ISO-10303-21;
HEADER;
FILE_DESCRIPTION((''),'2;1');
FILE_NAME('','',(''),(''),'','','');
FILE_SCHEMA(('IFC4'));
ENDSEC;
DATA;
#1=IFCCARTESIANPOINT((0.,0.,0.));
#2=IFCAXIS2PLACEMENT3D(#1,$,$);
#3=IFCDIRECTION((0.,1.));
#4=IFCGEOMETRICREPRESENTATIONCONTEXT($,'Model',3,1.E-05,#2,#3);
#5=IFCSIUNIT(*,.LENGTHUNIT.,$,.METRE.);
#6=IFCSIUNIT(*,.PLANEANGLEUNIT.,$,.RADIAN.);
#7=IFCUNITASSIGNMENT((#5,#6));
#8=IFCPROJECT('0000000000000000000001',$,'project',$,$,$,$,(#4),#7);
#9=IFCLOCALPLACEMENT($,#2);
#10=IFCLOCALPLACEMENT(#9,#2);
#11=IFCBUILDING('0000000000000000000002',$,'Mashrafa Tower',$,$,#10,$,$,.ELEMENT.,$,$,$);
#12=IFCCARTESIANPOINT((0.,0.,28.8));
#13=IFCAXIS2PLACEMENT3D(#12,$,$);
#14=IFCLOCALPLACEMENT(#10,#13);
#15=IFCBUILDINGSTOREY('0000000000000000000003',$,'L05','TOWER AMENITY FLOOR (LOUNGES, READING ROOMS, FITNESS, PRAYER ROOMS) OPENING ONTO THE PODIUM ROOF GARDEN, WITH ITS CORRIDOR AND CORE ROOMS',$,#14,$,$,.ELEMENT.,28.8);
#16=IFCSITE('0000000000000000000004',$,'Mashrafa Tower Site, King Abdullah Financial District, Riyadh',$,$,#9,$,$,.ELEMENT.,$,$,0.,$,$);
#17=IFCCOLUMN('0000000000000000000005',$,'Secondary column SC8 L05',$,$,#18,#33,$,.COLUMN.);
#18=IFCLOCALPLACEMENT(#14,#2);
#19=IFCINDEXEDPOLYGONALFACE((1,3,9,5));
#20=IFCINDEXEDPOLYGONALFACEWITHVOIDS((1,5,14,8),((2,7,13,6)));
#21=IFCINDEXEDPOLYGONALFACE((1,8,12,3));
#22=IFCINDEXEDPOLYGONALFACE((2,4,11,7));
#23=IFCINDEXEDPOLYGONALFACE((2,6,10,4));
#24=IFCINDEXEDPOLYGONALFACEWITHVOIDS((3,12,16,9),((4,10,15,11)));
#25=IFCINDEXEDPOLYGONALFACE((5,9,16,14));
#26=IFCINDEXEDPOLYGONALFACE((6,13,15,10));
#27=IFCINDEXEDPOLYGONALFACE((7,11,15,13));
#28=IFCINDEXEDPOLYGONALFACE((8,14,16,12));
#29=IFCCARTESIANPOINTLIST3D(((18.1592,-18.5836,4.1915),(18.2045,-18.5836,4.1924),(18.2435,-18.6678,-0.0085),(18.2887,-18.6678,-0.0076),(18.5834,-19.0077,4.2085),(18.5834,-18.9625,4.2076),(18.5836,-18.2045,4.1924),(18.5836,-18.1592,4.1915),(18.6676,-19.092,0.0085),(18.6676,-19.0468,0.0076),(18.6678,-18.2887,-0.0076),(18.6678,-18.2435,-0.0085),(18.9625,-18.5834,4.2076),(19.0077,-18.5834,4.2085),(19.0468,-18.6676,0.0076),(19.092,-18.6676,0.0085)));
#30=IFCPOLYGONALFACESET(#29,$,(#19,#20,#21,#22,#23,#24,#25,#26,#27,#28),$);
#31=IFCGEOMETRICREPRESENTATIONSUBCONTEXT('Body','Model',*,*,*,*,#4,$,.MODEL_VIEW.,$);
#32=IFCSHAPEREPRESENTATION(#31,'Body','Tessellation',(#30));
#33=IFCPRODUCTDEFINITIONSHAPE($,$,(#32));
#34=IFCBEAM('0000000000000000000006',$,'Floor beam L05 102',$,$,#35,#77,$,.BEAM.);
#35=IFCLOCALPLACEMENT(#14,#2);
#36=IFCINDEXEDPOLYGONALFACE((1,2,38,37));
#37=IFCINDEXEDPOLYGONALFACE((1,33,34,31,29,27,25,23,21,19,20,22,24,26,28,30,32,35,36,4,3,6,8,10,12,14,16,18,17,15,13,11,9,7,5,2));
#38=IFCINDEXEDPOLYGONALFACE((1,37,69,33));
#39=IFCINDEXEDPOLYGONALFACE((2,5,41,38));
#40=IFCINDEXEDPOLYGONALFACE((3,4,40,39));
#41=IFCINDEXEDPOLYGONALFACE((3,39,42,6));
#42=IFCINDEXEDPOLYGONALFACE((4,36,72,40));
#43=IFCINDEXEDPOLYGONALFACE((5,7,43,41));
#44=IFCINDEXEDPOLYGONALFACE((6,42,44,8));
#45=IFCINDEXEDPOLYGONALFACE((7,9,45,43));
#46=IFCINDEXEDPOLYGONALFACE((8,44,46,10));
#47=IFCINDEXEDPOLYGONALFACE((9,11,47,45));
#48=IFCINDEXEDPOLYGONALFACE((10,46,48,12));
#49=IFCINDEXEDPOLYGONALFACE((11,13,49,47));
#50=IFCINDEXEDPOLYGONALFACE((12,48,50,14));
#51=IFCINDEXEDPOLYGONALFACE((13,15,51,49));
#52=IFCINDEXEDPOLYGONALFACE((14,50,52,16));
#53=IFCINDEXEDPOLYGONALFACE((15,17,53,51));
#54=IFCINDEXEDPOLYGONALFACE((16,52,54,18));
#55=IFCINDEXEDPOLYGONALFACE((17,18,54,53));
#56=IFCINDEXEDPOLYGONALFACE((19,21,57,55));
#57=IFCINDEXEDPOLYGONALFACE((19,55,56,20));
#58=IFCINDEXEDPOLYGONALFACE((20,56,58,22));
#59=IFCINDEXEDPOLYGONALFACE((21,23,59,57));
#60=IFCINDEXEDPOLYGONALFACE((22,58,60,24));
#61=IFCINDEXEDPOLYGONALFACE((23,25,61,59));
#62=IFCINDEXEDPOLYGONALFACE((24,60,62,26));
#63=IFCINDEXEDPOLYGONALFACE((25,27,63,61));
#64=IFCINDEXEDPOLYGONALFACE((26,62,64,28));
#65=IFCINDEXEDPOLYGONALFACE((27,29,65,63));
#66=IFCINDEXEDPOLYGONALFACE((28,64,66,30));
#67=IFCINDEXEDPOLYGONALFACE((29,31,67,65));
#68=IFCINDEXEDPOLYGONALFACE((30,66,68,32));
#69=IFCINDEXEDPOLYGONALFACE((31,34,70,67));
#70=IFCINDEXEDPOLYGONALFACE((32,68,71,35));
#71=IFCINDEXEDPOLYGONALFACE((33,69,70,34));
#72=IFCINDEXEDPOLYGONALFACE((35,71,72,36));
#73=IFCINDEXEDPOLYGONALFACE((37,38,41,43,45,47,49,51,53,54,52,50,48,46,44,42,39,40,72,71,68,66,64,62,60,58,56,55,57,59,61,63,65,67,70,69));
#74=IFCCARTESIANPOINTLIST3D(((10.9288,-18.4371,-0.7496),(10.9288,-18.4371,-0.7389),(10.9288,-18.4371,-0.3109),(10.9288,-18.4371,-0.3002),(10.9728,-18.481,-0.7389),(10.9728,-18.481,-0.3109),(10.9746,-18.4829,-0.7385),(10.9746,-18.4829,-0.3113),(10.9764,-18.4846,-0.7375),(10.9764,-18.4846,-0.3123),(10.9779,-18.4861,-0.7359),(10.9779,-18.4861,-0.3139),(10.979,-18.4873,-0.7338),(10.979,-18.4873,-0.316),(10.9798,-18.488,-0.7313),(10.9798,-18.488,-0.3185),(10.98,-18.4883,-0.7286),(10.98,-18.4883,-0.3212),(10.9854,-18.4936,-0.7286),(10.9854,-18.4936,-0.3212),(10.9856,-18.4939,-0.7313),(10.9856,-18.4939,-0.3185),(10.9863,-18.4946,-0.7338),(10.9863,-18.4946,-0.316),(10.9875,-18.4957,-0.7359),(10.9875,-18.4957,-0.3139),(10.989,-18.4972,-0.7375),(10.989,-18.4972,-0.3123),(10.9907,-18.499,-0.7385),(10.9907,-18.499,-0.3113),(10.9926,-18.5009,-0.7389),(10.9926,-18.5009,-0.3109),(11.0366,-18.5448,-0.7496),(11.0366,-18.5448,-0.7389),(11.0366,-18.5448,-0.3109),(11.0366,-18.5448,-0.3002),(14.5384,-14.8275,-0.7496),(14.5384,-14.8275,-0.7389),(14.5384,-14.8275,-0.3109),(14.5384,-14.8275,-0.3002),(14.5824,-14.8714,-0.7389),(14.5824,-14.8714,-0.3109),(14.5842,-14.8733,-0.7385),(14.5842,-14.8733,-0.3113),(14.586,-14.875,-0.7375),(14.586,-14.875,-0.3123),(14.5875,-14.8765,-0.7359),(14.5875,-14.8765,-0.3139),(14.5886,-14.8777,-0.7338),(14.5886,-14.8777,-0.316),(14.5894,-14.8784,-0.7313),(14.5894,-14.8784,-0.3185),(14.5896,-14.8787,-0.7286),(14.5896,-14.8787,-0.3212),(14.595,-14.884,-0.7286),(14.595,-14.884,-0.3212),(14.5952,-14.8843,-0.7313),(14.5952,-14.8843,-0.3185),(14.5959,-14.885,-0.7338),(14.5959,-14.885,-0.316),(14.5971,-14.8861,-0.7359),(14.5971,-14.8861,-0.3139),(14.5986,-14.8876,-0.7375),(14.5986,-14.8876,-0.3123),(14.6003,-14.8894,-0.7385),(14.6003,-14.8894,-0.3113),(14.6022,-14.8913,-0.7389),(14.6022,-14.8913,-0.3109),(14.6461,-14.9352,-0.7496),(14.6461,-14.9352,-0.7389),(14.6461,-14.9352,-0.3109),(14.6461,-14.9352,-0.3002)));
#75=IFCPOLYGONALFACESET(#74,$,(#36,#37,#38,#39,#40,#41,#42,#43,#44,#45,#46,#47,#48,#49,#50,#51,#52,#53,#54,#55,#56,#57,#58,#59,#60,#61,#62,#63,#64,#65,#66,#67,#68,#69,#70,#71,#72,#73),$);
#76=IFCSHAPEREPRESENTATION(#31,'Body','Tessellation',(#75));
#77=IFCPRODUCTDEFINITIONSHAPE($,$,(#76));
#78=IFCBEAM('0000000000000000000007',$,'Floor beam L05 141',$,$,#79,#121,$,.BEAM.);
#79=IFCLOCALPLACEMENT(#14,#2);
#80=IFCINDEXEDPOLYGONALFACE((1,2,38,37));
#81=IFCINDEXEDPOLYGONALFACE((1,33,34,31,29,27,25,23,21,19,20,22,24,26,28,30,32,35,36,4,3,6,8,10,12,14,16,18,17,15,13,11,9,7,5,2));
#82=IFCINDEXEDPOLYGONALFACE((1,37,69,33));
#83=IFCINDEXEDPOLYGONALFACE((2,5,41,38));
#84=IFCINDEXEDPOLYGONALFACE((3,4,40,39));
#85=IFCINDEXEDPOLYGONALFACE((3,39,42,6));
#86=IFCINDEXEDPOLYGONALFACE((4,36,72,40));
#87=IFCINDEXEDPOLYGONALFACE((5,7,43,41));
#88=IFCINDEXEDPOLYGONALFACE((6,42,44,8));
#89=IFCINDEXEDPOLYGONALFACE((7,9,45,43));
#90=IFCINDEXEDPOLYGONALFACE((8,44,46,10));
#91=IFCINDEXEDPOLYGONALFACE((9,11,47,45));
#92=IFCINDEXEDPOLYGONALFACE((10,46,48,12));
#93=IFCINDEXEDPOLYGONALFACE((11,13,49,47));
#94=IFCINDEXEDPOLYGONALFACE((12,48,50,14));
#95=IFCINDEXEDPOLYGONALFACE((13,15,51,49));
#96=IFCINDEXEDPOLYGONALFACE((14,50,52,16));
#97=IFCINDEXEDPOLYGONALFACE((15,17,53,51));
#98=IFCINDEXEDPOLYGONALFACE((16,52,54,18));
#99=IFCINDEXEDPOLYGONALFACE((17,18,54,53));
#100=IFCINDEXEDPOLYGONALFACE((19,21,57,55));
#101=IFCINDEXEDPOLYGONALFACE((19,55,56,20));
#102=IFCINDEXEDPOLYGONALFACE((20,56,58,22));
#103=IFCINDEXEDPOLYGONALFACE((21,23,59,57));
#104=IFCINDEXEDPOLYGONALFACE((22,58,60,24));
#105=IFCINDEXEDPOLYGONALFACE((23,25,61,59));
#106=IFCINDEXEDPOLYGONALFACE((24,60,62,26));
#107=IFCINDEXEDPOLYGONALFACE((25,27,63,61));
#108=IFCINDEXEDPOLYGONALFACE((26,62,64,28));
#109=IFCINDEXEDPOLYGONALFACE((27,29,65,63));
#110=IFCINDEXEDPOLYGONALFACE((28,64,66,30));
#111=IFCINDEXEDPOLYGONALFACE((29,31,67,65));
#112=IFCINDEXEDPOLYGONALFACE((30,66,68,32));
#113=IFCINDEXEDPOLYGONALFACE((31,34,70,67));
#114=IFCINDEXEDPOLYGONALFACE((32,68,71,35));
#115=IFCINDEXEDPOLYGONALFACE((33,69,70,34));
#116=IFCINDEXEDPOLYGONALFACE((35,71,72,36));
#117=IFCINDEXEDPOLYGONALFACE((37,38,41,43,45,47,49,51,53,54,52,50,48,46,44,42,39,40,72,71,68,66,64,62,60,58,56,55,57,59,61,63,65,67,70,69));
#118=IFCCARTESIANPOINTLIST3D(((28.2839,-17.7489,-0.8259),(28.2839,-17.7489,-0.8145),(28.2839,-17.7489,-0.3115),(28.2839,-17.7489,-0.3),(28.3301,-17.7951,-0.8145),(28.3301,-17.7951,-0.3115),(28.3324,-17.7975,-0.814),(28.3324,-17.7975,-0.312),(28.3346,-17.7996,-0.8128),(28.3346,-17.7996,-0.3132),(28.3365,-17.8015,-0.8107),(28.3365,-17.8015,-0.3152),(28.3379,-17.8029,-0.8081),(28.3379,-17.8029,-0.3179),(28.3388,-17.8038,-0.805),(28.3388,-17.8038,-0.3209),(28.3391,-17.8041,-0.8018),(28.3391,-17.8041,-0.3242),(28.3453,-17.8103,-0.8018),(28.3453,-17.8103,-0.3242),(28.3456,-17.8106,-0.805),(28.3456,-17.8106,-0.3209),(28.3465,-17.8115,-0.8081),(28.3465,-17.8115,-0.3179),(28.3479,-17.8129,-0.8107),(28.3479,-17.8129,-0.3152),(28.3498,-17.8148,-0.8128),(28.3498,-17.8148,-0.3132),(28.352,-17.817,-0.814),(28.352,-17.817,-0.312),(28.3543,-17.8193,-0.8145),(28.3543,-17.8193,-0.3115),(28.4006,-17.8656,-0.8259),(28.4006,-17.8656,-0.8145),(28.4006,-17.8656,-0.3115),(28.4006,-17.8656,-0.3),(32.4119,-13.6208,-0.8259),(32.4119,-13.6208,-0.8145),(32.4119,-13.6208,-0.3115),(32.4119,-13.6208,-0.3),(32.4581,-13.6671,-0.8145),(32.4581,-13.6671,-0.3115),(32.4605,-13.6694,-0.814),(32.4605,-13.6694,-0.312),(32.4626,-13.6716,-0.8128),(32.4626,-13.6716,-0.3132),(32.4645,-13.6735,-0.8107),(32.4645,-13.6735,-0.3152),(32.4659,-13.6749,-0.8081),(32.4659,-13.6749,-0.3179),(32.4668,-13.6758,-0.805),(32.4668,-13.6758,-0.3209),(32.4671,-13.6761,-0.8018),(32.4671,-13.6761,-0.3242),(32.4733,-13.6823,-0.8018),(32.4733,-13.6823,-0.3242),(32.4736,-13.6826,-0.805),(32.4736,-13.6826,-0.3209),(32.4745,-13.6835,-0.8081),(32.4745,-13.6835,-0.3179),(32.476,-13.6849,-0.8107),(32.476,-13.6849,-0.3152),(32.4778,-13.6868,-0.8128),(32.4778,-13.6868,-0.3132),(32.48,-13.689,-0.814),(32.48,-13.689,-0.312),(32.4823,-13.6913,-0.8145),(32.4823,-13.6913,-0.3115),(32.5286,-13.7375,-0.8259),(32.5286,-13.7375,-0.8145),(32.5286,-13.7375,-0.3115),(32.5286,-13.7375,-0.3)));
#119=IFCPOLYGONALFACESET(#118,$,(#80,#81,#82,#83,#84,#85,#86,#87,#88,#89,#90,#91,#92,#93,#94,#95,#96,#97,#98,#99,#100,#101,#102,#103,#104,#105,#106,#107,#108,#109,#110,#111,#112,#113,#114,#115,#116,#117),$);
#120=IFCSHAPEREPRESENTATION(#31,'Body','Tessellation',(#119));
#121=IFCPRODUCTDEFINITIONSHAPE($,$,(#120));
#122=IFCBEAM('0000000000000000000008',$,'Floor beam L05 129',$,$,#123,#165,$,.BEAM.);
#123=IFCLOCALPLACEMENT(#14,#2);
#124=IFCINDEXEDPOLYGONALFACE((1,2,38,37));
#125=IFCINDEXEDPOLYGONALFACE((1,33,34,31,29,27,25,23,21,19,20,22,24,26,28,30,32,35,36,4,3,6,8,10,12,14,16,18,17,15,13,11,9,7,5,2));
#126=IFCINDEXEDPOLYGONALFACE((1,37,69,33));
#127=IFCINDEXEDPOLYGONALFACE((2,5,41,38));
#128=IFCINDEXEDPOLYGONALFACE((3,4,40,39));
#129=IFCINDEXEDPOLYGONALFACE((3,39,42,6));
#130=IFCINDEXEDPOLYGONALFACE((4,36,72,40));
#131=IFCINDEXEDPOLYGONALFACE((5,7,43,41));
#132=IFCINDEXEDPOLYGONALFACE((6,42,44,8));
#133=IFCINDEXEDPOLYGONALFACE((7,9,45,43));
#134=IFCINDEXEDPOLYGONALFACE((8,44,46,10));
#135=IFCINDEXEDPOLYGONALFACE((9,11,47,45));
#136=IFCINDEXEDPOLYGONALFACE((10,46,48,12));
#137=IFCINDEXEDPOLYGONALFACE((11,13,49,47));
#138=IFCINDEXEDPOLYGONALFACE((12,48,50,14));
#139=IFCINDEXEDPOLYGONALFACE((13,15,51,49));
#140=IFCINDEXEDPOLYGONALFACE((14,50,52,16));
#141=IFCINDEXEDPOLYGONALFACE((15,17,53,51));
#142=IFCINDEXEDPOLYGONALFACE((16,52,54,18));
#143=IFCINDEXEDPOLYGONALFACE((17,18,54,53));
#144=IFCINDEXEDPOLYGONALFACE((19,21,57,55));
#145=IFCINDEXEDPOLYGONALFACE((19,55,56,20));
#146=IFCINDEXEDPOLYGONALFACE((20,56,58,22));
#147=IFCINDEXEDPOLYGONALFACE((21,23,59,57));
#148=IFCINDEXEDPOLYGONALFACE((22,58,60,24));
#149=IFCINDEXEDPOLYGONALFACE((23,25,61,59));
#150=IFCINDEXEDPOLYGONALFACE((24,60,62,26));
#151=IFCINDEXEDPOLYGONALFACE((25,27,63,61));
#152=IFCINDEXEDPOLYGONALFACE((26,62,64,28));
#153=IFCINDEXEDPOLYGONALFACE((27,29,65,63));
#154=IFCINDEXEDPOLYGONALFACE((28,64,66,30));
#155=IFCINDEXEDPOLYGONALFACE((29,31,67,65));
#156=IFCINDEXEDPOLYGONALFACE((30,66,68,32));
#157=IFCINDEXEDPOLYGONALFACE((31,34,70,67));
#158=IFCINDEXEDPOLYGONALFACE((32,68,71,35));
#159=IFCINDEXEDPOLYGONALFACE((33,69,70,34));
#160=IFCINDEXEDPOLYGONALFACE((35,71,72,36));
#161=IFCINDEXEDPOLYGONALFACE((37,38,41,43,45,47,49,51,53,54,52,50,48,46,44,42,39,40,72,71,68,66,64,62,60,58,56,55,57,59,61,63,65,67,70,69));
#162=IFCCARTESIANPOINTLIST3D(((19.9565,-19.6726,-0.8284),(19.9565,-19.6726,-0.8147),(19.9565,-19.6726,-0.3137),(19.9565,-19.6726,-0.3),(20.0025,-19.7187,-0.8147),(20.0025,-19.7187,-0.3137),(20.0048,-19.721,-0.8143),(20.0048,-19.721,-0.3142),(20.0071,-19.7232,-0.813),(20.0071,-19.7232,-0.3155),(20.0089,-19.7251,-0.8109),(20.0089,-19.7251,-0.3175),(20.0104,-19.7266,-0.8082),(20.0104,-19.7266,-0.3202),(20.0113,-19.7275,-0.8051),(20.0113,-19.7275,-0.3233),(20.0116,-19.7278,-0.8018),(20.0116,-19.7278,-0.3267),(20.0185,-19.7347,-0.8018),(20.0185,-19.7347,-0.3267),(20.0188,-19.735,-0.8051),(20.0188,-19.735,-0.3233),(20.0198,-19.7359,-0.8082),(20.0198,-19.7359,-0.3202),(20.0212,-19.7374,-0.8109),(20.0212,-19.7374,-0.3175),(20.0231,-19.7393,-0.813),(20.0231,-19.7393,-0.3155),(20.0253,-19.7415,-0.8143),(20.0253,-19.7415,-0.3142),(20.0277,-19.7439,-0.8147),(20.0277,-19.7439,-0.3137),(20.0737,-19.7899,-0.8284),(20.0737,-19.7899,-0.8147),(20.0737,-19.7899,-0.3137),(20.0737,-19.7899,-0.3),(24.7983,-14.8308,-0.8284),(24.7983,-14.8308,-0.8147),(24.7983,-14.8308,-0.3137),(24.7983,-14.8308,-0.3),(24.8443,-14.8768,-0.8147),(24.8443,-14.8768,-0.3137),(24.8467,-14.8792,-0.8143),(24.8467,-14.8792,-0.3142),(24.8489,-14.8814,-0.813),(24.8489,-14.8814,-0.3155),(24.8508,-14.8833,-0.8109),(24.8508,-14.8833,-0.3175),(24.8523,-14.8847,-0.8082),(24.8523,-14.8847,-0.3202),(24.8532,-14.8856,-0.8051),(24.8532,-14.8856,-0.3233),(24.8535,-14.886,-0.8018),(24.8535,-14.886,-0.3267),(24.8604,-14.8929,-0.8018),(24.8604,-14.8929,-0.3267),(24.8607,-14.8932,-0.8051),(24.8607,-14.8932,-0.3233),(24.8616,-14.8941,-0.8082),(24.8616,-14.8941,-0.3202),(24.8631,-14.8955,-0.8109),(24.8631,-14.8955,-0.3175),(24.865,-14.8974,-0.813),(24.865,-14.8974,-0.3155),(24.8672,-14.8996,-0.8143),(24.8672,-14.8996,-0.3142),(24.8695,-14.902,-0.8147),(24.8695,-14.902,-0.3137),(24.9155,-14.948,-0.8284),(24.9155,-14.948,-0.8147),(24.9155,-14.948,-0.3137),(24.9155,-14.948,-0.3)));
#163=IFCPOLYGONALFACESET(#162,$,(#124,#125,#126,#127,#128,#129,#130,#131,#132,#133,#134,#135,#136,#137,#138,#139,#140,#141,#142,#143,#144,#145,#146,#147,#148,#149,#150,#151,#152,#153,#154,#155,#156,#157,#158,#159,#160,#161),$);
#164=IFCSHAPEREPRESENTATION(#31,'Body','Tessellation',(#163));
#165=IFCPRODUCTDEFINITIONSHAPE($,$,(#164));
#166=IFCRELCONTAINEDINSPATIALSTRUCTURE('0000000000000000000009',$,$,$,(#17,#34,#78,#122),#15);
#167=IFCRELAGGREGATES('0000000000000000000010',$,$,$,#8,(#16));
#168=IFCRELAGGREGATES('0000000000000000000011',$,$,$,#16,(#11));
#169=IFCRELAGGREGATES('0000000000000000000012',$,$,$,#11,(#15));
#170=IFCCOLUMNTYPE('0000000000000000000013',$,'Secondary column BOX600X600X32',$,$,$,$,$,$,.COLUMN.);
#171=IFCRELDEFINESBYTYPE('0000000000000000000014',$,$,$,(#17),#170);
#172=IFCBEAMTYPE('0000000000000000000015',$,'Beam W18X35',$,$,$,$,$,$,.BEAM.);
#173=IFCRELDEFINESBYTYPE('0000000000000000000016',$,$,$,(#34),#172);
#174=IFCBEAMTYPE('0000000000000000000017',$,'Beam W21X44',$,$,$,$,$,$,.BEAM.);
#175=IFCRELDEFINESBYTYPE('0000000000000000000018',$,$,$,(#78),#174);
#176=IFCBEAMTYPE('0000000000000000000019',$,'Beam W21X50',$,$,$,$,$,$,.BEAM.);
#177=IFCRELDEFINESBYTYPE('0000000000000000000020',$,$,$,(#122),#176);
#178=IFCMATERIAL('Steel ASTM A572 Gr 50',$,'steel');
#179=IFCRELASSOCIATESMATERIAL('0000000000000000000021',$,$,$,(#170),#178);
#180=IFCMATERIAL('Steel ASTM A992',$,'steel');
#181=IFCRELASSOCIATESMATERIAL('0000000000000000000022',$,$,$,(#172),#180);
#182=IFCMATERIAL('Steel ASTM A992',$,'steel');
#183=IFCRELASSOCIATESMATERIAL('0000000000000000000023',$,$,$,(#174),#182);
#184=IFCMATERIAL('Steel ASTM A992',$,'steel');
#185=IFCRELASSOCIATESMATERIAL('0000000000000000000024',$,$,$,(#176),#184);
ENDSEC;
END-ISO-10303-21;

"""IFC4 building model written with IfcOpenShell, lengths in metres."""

from ifc_helpers import new_model, si_unit, direction, frame, origin, origin_2d, place, context, subcontext, project, spatial, hollow_rectangle, i_section, extrude, material, material_profile, profile_set, type_object, element, save


model = new_model("IFC4")

# Units and contexts
model_context = context("Model", 3, precision=1e-05, world=origin(), true_north=direction((0.0, 1.0)))
body_context = subcontext(model_context, "Body", "Model", "MODEL_VIEW")
ifc_project = project(units=[si_unit("LENGTHUNIT", "METRE"), si_unit("PLANEANGLEUNIT", "RADIAN")], contexts=[model_context])

# Site, building, storey
site_placement = place(None, origin())
site = spatial("IfcSite", under=ifc_project, at=site_placement, Name="Mashrafa Tower Site, King Abdullah Financial District, Riyadh", CompositionType="ELEMENT", RefElevation=0.0)
building_placement = place(site_placement, origin())
building = spatial("IfcBuilding", under=site, at=building_placement, Name="Mashrafa Tower", CompositionType="ELEMENT")
storey_placement = place(building_placement, frame((0.0, 0.0, 28.8)))
storey = spatial("IfcBuildingStorey", under=building, at=storey_placement, Name="L05", Description="TOWER AMENITY FLOOR (LOUNGES, READING ROOMS, FITNESS, PRAYER ROOMS) OPENING ONTO THE PODIUM ROOF GARDEN, WITH ITS CORRIDOR AND CORE ROOMS", CompositionType="ELEMENT", Elevation=28.8)

# Column
ifc_material_1 = material(Name="Steel ASTM A572 Gr 50", Category="steel")
ifc_material_profile_1 = material_profile(ifc_material_1, hollow_rectangle(XDim=0.6001, YDim=0.6001, WallThickness=0.032, at=origin_2d()), Name="BOX600X600X32")
ifc_profile_set_1 = profile_set([ifc_material_profile_1], Name="Steel ASTM A572 Gr 50")
column_type = type_object("IfcColumnType", Name="Secondary column BOX600X600X32", PredefinedType="COLUMN", material=ifc_profile_set_1)
column_placement = place(storey_placement, frame((18.6677, -18.6677, 0.0), z_axis=(-0.020047, 0.020047, 0.999598), x_axis=(-0.707107, -0.707107, 0.0)))
element("IfcColumn", 1, at=column_placement, inside=storey, type_object=column_type, Name="Secondary column SC8 L05", PredefinedType="COLUMN", context=body_context, shape_type="SweptSolid", body=[
    extrude(hollow_rectangle(XDim=0.6001, YDim=0.6001, WallThickness=0.032, at=origin_2d()), origin(), (0.0, 0.0, 1.0), 4.2017),
])

# Beams
ifc_material_2 = material(Name="Steel ASTM A992", Category="steel")
ifc_material_profile_2 = material_profile(ifc_material_2, i_section(OverallWidth=0.1523, OverallDepth=0.4495, WebThickness=0.0076, FlangeThickness=0.0107, FilletRadius=0.0103, at=origin_2d()), Name="W18X35")
ifc_profile_set_2 = profile_set([ifc_material_profile_2], Name="Steel ASTM A992")
beam_type_1 = type_object("IfcBeamType", Name="Beam W18X35", PredefinedType="BEAM", material=ifc_profile_set_2)
beam_1_placement = place(storey_placement, frame((14.5923, -14.8813, -0.5249), z_axis=(-0.707107, -0.707107, 0.0), x_axis=(0.707107, -0.707107, 0.0)))
element("IfcBeam", 2, at=beam_1_placement, inside=storey, type_object=beam_type_1, Name="Floor beam L05 102", PredefinedType="BEAM", context=body_context, shape_type="SweptSolid", body=[
    extrude(i_section(OverallWidth=0.1523, OverallDepth=0.4495, WebThickness=0.0076, FlangeThickness=0.0107, FilletRadius=0.0103, at=origin_2d()), origin(), (0.0, 0.0, 1.0), 5.1047),
])
ifc_material_3 = material(Name="Steel ASTM A992", Category="steel")
ifc_material_profile_3 = material_profile(ifc_material_3, i_section(OverallWidth=0.165, OverallDepth=0.5259, WebThickness=0.0088, FlangeThickness=0.0115, FilletRadius=0.0127, at=origin_2d()), Name="W21X44")
ifc_profile_set_3 = profile_set([ifc_material_profile_3], Name="Steel ASTM A992")
beam_type_2 = type_object("IfcBeamType", Name="Beam W21X44", PredefinedType="BEAM", material=ifc_profile_set_3)
beam_2_placement = place(storey_placement, frame((32.4702, -13.6792, -0.563), z_axis=(-0.707107, -0.707107, 0.0), x_axis=(0.707107, -0.707107, 0.0)))
element("IfcBeam", 3, at=beam_2_placement, inside=storey, type_object=beam_type_2, Name="Floor beam L05 141", PredefinedType="BEAM", context=body_context, shape_type="SweptSolid", body=[
    extrude(i_section(OverallWidth=0.165, OverallDepth=0.5259, WebThickness=0.0088, FlangeThickness=0.0115, FilletRadius=0.0127, at=origin_2d()), origin(), (0.0, 0.0, 1.0), 5.8379),
])
ifc_material_4 = material(Name="Steel ASTM A992", Category="steel")
ifc_material_profile_4 = material_profile(ifc_material_4, i_section(OverallWidth=0.1658, OverallDepth=0.5283, WebThickness=0.0098, FlangeThickness=0.0137, FilletRadius=0.0129, at=origin_2d()), Name="W21X50")
ifc_profile_set_4 = profile_set([ifc_material_profile_4], Name="Steel ASTM A992")
beam_type_3 = type_object("IfcBeamType", Name="Beam W21X50", PredefinedType="BEAM", material=ifc_profile_set_4)
for number, where, z_axis, x_axis, name in (
    (4, (24.8569, -14.8894, -0.5642), (-0.707107, -0.707107, 0.0), (0.707107, -0.707107, 0.0), "Floor beam L05 129"),
):
    element("IfcBeam", number, at=place(storey_placement, frame(where, z_axis=z_axis, x_axis=x_axis)), inside=storey, type_object=beam_type_3, Name=name, PredefinedType="BEAM", context=body_context, shape_type="SweptSolid", body=[
        extrude(i_section(OverallWidth=0.1658, OverallDepth=0.5283, WebThickness=0.0098, FlangeThickness=0.0137, FilletRadius=0.0129, at=origin_2d()), origin(), (0.0, 0.0, 1.0), 6.8474),
    ])

save(model, "model.ifc")
